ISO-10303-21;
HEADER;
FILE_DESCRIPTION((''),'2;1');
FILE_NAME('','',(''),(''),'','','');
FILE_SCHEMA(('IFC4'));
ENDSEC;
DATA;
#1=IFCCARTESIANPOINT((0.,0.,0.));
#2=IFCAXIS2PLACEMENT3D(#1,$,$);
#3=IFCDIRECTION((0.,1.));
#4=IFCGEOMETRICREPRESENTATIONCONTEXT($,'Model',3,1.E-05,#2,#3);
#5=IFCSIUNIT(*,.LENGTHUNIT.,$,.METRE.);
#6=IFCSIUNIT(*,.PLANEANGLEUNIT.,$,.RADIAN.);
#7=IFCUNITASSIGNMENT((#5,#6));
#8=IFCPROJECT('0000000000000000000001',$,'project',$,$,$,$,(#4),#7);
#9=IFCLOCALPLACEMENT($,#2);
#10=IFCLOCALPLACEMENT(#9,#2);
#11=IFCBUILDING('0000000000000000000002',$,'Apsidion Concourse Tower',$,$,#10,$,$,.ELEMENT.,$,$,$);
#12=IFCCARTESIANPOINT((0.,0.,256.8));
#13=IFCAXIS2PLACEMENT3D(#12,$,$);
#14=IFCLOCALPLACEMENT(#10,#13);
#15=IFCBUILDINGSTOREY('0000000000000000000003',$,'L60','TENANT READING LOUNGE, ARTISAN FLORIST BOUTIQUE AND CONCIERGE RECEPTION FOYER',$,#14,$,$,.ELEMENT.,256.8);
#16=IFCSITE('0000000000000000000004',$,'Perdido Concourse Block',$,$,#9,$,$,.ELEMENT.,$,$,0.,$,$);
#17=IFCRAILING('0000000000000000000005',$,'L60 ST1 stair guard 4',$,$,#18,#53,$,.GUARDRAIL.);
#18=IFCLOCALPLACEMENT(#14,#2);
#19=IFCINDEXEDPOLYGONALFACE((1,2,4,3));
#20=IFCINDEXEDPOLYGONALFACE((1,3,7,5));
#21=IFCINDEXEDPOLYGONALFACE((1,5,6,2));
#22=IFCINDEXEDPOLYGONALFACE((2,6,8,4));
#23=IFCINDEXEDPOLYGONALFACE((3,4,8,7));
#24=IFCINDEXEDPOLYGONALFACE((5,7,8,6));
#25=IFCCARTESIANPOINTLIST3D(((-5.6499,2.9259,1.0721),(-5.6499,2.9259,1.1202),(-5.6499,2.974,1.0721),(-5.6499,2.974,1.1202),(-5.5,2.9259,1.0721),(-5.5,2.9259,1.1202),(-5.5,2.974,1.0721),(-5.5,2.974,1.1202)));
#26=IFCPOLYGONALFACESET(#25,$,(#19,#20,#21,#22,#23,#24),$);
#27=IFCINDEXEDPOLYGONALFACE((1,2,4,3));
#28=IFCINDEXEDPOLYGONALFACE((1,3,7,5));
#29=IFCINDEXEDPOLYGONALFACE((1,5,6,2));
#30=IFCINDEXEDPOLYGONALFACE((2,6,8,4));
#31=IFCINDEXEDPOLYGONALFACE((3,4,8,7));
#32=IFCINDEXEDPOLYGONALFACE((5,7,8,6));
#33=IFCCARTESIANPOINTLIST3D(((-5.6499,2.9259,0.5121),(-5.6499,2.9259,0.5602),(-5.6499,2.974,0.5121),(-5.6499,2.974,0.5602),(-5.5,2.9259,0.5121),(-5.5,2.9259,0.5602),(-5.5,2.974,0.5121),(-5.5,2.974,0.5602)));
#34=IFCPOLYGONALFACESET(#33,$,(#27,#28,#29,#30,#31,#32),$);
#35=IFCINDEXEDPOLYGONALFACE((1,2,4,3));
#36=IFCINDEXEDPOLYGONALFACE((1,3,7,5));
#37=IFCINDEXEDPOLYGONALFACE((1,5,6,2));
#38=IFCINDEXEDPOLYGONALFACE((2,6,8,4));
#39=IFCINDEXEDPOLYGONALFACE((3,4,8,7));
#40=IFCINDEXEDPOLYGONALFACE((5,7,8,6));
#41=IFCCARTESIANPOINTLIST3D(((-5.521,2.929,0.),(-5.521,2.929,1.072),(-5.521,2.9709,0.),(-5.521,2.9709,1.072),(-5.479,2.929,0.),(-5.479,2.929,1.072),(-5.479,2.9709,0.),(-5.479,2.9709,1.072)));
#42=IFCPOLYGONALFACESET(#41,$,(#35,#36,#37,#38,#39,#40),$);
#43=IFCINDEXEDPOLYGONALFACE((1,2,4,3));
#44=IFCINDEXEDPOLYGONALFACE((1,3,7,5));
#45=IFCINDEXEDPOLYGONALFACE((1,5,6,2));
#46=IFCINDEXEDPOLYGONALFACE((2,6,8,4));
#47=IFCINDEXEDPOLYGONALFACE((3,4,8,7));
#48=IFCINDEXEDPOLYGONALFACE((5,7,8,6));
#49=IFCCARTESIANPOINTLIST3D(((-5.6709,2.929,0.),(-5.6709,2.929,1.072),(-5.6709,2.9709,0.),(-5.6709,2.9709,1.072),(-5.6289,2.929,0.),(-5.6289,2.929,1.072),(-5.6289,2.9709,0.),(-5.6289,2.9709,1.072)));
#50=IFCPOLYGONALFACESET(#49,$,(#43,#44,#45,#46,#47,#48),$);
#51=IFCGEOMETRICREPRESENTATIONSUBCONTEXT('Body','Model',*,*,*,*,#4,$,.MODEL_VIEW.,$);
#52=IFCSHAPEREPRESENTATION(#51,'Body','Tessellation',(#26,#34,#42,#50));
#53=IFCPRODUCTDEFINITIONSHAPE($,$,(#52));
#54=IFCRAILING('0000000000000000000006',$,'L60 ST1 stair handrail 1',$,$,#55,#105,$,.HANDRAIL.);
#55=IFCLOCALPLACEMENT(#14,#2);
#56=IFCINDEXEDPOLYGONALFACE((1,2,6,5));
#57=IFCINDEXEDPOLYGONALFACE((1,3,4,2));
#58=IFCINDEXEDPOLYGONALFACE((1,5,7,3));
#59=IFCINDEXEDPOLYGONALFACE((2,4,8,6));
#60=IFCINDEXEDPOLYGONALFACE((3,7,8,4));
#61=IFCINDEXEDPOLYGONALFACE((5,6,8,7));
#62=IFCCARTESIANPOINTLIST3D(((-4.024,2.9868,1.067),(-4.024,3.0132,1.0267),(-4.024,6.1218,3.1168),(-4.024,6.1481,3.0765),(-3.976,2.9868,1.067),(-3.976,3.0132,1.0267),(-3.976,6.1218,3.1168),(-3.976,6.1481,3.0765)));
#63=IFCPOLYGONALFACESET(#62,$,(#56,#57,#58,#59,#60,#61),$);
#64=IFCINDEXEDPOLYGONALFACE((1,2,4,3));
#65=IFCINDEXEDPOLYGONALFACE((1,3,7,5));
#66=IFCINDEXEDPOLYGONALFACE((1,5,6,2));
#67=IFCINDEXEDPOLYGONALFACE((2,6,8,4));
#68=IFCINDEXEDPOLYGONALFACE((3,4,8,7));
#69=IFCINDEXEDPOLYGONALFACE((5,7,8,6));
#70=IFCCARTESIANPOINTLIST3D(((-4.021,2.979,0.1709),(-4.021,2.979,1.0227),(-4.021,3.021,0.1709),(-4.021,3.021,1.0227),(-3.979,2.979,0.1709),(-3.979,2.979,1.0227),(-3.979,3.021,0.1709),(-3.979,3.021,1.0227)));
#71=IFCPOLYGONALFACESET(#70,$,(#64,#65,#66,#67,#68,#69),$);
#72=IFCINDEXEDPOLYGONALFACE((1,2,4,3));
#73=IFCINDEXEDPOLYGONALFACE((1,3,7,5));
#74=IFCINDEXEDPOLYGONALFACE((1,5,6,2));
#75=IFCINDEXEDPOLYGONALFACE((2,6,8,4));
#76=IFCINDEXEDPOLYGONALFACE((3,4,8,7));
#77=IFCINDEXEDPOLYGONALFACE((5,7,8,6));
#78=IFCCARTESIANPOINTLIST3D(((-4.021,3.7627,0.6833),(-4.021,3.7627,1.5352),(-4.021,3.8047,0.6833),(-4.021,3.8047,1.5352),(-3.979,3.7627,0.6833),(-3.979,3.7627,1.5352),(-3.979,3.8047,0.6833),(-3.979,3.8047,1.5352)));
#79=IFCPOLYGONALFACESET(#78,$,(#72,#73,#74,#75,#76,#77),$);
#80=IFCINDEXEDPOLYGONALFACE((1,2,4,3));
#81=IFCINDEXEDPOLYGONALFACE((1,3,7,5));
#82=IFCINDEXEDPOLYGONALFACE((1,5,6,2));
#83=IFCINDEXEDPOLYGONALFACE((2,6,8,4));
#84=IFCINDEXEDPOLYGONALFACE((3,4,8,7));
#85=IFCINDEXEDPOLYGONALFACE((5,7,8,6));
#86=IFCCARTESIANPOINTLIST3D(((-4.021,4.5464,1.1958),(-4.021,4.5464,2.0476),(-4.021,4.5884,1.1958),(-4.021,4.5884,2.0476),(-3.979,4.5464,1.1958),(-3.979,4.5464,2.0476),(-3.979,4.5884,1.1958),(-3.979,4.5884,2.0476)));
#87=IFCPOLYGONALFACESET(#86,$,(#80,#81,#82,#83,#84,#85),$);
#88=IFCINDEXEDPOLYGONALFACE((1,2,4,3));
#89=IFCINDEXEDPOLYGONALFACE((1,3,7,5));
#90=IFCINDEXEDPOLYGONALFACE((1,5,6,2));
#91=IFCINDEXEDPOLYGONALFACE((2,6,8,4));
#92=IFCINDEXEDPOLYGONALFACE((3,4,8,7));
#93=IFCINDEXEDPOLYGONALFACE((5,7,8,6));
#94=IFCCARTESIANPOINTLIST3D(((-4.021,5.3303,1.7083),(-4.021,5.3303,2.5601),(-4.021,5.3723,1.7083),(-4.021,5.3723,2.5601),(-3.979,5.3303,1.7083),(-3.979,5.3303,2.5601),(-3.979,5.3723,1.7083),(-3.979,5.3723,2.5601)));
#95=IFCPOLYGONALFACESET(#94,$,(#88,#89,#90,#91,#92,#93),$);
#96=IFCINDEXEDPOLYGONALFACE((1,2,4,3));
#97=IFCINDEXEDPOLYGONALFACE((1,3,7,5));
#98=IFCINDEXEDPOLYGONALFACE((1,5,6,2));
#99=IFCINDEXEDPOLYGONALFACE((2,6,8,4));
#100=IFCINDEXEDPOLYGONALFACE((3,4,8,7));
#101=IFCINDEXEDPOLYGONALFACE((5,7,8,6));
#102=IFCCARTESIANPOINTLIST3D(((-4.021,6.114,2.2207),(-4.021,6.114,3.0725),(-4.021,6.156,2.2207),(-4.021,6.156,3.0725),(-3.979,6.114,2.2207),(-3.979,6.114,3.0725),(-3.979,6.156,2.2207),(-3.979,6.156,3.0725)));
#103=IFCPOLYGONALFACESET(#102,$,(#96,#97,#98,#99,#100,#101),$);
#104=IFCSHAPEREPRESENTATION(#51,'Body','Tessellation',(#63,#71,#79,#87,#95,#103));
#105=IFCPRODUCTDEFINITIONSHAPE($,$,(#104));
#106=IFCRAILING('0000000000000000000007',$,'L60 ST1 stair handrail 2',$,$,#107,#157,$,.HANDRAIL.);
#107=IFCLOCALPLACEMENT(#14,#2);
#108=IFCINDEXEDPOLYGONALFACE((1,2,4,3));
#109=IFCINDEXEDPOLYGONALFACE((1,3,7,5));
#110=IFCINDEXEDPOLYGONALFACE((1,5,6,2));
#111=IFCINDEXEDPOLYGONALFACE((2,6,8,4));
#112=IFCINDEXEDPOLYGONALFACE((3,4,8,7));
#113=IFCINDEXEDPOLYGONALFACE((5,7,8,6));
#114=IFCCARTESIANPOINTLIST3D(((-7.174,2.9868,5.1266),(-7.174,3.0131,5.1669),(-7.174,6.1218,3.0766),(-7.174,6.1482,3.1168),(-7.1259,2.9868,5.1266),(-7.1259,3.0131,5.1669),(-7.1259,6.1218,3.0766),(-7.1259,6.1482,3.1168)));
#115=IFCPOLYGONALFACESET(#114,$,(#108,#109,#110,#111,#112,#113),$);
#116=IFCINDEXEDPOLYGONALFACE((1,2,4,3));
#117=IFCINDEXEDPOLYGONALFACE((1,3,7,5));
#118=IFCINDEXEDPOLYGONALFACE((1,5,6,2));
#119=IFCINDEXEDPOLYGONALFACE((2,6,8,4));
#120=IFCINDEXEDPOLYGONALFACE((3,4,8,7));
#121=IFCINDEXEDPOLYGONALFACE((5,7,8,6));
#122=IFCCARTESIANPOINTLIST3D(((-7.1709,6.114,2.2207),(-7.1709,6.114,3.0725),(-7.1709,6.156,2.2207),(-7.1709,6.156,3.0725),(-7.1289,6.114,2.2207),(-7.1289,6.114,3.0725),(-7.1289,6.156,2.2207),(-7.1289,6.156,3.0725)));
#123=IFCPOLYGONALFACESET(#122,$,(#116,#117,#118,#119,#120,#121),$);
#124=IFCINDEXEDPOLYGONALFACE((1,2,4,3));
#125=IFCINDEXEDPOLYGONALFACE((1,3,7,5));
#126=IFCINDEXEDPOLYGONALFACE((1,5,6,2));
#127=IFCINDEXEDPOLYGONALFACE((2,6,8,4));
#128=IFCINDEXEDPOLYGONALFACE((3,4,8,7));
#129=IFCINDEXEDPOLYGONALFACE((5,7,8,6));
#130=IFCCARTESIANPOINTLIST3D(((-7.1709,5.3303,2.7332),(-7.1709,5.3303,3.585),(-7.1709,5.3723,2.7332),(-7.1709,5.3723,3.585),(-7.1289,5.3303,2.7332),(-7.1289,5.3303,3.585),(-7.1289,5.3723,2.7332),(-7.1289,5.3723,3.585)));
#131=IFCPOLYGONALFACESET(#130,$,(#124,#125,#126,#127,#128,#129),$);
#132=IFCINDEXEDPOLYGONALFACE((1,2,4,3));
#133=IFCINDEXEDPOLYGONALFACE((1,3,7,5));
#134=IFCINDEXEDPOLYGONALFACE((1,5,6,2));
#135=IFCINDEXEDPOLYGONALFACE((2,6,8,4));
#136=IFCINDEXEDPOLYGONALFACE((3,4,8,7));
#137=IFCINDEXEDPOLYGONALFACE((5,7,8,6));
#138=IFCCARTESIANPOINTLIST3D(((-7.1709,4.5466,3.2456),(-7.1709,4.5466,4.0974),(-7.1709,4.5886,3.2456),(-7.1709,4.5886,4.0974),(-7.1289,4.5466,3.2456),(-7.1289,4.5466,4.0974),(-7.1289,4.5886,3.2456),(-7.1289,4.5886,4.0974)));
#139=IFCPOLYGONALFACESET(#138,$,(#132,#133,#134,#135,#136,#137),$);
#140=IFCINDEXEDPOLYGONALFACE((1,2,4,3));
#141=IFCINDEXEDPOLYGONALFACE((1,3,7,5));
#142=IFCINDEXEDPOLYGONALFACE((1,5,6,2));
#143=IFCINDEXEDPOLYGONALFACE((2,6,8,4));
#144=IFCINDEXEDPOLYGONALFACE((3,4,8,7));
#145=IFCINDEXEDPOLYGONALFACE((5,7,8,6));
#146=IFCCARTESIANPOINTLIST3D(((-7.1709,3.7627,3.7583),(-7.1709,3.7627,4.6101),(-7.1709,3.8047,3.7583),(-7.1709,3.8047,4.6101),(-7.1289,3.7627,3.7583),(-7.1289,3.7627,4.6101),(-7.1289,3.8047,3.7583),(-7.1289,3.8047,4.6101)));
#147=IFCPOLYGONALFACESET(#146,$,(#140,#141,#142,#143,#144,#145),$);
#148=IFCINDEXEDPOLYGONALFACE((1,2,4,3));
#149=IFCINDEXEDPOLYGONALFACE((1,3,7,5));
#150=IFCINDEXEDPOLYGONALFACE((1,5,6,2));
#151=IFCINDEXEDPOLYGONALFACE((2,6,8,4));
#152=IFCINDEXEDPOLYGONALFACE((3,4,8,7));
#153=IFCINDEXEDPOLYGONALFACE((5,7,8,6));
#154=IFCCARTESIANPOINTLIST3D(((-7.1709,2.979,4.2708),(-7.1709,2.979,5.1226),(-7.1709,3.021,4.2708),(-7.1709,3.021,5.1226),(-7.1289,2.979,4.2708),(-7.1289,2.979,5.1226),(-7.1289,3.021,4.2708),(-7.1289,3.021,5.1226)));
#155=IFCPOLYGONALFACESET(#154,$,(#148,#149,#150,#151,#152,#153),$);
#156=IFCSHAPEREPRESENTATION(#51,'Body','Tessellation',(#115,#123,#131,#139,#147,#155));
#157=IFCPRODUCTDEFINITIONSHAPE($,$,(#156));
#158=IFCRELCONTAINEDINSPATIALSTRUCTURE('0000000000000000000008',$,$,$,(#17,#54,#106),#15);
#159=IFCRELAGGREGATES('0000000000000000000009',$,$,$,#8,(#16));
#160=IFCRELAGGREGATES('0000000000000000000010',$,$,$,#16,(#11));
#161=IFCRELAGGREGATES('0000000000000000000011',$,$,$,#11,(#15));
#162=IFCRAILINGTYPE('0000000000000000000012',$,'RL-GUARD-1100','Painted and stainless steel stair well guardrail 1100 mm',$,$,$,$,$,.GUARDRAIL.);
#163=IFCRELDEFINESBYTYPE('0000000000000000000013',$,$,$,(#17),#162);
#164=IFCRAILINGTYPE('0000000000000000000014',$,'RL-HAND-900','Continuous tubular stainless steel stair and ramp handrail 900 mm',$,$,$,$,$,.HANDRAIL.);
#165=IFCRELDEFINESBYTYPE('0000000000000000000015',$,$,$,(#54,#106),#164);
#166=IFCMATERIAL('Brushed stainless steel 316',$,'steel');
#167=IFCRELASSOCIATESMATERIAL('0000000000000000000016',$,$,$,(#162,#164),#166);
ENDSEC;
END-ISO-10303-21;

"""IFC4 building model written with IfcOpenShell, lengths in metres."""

from ifc_helpers import new_model, si_unit, direction, frame, origin, origin_2d, place, context, subcontext, project, spatial, rectangle, extrude, material, type_object, element, save


model = new_model("IFC4")

# Units and contexts
model_context = context("Model", 3, precision=1e-05, world=origin(), true_north=direction((0.0, 1.0)))
body_context = subcontext(model_context, "Body", "Model", "MODEL_VIEW")
ifc_project = project(units=[si_unit("LENGTHUNIT", "METRE"), si_unit("PLANEANGLEUNIT", "RADIAN")], contexts=[model_context])

# Site, building, storey
site_placement = place(None, origin())
site = spatial("IfcSite", under=ifc_project, at=site_placement, Name="Perdido Concourse Block", CompositionType="ELEMENT", RefElevation=0.0)
building_placement = place(site_placement, origin())
building = spatial("IfcBuilding", under=site, at=building_placement, Name="Apsidion Concourse Tower", CompositionType="ELEMENT")
storey_placement = place(building_placement, frame((0.0, 0.0, 256.8)))
storey = spatial("IfcBuildingStorey", under=building, at=storey_placement, Name="L60", Description="TENANT READING LOUNGE, ARTISAN FLORIST BOUTIQUE AND CONCIERGE RECEPTION FOYER", CompositionType="ELEMENT", Elevation=256.8)

# Railings
ifc_material_1 = material(Name="Brushed stainless steel 316", Category="steel")
railing_type_1 = type_object("IfcRailingType", Name="RL-GUARD-1100", Description="Painted and stainless steel stair well guardrail 1100 mm", PredefinedType="GUARDRAIL", material=ifc_material_1)
railing_1_placement = place(storey_placement, frame((-5.5, 2.95, 0.0)))
element("IfcRailing", 1, at=railing_1_placement, inside=storey, type_object=railing_type_1, Name="L60 ST1 stair guard 4", PredefinedType="GUARDRAIL", context=body_context, shape_type="SweptSolid", body=[
    extrude(rectangle(XDim=0.0481, YDim=0.0481, at=origin_2d()), frame((0.0, 0.0, 1.0962), z_axis=(-1.0, 0.0, 0.0), x_axis=(0.0, -1.0, 0.0)), (0.0, 0.0, 1.0), 0.1499),
    extrude(rectangle(XDim=0.0481, YDim=0.0481, at=origin_2d()), frame((0.0, 0.0, 0.5361), z_axis=(-1.0, 0.0, 0.0), x_axis=(0.0, -1.0, 0.0)), (0.0, 0.0, 1.0), 0.1499),
    extrude(rectangle(XDim=0.042, YDim=0.042, at=origin_2d()), origin(), (0.0, 0.0, 1.0), 1.072),
    extrude(rectangle(XDim=0.042, YDim=0.042, at=origin_2d()), frame((-0.1499, 0.0, 0.0)), (0.0, 0.0, 1.0), 1.072),
])
railing_type_2 = type_object("IfcRailingType", Name="RL-HAND-900", Description="Continuous tubular stainless steel stair and ramp handrail 900 mm", PredefinedType="HANDRAIL", material=ifc_material_1)
railing_2_placement = place(storey_placement, frame((-4.0, 3.0, 0.1709)))
element("IfcRailing", 2, at=railing_2_placement, inside=storey, type_object=railing_type_2, Name="L60 ST1 stair handrail 1", PredefinedType="HANDRAIL", context=body_context, shape_type="SweptSolid", body=[
    extrude(rectangle(XDim=0.0481, YDim=0.0481, at=origin_2d()), frame((0.0, 0.0, 0.876), z_axis=(0.0, 0.836971, 0.547248), x_axis=(-1.0, 0.0, 0.0)), (0.0, 0.0, 1.0), 3.7456),
    extrude(rectangle(XDim=0.042, YDim=0.042, at=origin_2d()), origin(), (0.0, 0.0, 1.0), 0.8518),
    extrude(rectangle(XDim=0.042, YDim=0.042, at=origin_2d()), frame((0.0, 0.7837, 0.5125)), (0.0, 0.0, 1.0), 0.8518),
    extrude(rectangle(XDim=0.042, YDim=0.042, at=origin_2d()), frame((0.0, 1.5674, 1.0249)), (0.0, 0.0, 1.0), 0.8518),
    extrude(rectangle(XDim=0.042, YDim=0.042, at=origin_2d()), frame((0.0, 2.3513, 1.5374)), (0.0, 0.0, 1.0), 0.8518),
    extrude(rectangle(XDim=0.042, YDim=0.042, at=origin_2d()), frame((0.0, 3.135, 2.0498)), (0.0, 0.0, 1.0), 0.8518),
])
railing_3_placement = place(storey_placement, frame((-7.1499, 6.135, 2.2207)))
element("IfcRailing", 3, at=railing_3_placement, inside=storey, type_object=railing_type_2, Name="L60 ST1 stair handrail 2", PredefinedType="HANDRAIL", context=body_context, shape_type="SweptSolid", body=[
    extrude(rectangle(XDim=0.0481, YDim=0.0481, at=origin_2d()), frame((0.0, 0.0, 0.876), z_axis=(0.0, -0.836941, 0.547293), x_axis=(1.0, 0.0, 0.0)), (0.0, 0.0, 1.0), 3.7458),
    extrude(rectangle(XDim=0.042, YDim=0.042, at=origin_2d()), origin(), (0.0, 0.0, 1.0), 0.8518),
    extrude(rectangle(XDim=0.042, YDim=0.042, at=origin_2d()), frame((0.0, -0.7837, 0.5125)), (0.0, 0.0, 1.0), 0.8518),
    extrude(rectangle(XDim=0.042, YDim=0.042, at=origin_2d()), frame((0.0, -1.5674, 1.0249)), (0.0, 0.0, 1.0), 0.8518),
    extrude(rectangle(XDim=0.042, YDim=0.042, at=origin_2d()), frame((0.0, -2.3513, 1.5376)), (0.0, 0.0, 1.0), 0.8518),
    extrude(rectangle(XDim=0.042, YDim=0.042, at=origin_2d()), frame((0.0, -3.135, 2.05)), (0.0, 0.0, 1.0), 0.8518),
])

save(model, "model.ifc")
